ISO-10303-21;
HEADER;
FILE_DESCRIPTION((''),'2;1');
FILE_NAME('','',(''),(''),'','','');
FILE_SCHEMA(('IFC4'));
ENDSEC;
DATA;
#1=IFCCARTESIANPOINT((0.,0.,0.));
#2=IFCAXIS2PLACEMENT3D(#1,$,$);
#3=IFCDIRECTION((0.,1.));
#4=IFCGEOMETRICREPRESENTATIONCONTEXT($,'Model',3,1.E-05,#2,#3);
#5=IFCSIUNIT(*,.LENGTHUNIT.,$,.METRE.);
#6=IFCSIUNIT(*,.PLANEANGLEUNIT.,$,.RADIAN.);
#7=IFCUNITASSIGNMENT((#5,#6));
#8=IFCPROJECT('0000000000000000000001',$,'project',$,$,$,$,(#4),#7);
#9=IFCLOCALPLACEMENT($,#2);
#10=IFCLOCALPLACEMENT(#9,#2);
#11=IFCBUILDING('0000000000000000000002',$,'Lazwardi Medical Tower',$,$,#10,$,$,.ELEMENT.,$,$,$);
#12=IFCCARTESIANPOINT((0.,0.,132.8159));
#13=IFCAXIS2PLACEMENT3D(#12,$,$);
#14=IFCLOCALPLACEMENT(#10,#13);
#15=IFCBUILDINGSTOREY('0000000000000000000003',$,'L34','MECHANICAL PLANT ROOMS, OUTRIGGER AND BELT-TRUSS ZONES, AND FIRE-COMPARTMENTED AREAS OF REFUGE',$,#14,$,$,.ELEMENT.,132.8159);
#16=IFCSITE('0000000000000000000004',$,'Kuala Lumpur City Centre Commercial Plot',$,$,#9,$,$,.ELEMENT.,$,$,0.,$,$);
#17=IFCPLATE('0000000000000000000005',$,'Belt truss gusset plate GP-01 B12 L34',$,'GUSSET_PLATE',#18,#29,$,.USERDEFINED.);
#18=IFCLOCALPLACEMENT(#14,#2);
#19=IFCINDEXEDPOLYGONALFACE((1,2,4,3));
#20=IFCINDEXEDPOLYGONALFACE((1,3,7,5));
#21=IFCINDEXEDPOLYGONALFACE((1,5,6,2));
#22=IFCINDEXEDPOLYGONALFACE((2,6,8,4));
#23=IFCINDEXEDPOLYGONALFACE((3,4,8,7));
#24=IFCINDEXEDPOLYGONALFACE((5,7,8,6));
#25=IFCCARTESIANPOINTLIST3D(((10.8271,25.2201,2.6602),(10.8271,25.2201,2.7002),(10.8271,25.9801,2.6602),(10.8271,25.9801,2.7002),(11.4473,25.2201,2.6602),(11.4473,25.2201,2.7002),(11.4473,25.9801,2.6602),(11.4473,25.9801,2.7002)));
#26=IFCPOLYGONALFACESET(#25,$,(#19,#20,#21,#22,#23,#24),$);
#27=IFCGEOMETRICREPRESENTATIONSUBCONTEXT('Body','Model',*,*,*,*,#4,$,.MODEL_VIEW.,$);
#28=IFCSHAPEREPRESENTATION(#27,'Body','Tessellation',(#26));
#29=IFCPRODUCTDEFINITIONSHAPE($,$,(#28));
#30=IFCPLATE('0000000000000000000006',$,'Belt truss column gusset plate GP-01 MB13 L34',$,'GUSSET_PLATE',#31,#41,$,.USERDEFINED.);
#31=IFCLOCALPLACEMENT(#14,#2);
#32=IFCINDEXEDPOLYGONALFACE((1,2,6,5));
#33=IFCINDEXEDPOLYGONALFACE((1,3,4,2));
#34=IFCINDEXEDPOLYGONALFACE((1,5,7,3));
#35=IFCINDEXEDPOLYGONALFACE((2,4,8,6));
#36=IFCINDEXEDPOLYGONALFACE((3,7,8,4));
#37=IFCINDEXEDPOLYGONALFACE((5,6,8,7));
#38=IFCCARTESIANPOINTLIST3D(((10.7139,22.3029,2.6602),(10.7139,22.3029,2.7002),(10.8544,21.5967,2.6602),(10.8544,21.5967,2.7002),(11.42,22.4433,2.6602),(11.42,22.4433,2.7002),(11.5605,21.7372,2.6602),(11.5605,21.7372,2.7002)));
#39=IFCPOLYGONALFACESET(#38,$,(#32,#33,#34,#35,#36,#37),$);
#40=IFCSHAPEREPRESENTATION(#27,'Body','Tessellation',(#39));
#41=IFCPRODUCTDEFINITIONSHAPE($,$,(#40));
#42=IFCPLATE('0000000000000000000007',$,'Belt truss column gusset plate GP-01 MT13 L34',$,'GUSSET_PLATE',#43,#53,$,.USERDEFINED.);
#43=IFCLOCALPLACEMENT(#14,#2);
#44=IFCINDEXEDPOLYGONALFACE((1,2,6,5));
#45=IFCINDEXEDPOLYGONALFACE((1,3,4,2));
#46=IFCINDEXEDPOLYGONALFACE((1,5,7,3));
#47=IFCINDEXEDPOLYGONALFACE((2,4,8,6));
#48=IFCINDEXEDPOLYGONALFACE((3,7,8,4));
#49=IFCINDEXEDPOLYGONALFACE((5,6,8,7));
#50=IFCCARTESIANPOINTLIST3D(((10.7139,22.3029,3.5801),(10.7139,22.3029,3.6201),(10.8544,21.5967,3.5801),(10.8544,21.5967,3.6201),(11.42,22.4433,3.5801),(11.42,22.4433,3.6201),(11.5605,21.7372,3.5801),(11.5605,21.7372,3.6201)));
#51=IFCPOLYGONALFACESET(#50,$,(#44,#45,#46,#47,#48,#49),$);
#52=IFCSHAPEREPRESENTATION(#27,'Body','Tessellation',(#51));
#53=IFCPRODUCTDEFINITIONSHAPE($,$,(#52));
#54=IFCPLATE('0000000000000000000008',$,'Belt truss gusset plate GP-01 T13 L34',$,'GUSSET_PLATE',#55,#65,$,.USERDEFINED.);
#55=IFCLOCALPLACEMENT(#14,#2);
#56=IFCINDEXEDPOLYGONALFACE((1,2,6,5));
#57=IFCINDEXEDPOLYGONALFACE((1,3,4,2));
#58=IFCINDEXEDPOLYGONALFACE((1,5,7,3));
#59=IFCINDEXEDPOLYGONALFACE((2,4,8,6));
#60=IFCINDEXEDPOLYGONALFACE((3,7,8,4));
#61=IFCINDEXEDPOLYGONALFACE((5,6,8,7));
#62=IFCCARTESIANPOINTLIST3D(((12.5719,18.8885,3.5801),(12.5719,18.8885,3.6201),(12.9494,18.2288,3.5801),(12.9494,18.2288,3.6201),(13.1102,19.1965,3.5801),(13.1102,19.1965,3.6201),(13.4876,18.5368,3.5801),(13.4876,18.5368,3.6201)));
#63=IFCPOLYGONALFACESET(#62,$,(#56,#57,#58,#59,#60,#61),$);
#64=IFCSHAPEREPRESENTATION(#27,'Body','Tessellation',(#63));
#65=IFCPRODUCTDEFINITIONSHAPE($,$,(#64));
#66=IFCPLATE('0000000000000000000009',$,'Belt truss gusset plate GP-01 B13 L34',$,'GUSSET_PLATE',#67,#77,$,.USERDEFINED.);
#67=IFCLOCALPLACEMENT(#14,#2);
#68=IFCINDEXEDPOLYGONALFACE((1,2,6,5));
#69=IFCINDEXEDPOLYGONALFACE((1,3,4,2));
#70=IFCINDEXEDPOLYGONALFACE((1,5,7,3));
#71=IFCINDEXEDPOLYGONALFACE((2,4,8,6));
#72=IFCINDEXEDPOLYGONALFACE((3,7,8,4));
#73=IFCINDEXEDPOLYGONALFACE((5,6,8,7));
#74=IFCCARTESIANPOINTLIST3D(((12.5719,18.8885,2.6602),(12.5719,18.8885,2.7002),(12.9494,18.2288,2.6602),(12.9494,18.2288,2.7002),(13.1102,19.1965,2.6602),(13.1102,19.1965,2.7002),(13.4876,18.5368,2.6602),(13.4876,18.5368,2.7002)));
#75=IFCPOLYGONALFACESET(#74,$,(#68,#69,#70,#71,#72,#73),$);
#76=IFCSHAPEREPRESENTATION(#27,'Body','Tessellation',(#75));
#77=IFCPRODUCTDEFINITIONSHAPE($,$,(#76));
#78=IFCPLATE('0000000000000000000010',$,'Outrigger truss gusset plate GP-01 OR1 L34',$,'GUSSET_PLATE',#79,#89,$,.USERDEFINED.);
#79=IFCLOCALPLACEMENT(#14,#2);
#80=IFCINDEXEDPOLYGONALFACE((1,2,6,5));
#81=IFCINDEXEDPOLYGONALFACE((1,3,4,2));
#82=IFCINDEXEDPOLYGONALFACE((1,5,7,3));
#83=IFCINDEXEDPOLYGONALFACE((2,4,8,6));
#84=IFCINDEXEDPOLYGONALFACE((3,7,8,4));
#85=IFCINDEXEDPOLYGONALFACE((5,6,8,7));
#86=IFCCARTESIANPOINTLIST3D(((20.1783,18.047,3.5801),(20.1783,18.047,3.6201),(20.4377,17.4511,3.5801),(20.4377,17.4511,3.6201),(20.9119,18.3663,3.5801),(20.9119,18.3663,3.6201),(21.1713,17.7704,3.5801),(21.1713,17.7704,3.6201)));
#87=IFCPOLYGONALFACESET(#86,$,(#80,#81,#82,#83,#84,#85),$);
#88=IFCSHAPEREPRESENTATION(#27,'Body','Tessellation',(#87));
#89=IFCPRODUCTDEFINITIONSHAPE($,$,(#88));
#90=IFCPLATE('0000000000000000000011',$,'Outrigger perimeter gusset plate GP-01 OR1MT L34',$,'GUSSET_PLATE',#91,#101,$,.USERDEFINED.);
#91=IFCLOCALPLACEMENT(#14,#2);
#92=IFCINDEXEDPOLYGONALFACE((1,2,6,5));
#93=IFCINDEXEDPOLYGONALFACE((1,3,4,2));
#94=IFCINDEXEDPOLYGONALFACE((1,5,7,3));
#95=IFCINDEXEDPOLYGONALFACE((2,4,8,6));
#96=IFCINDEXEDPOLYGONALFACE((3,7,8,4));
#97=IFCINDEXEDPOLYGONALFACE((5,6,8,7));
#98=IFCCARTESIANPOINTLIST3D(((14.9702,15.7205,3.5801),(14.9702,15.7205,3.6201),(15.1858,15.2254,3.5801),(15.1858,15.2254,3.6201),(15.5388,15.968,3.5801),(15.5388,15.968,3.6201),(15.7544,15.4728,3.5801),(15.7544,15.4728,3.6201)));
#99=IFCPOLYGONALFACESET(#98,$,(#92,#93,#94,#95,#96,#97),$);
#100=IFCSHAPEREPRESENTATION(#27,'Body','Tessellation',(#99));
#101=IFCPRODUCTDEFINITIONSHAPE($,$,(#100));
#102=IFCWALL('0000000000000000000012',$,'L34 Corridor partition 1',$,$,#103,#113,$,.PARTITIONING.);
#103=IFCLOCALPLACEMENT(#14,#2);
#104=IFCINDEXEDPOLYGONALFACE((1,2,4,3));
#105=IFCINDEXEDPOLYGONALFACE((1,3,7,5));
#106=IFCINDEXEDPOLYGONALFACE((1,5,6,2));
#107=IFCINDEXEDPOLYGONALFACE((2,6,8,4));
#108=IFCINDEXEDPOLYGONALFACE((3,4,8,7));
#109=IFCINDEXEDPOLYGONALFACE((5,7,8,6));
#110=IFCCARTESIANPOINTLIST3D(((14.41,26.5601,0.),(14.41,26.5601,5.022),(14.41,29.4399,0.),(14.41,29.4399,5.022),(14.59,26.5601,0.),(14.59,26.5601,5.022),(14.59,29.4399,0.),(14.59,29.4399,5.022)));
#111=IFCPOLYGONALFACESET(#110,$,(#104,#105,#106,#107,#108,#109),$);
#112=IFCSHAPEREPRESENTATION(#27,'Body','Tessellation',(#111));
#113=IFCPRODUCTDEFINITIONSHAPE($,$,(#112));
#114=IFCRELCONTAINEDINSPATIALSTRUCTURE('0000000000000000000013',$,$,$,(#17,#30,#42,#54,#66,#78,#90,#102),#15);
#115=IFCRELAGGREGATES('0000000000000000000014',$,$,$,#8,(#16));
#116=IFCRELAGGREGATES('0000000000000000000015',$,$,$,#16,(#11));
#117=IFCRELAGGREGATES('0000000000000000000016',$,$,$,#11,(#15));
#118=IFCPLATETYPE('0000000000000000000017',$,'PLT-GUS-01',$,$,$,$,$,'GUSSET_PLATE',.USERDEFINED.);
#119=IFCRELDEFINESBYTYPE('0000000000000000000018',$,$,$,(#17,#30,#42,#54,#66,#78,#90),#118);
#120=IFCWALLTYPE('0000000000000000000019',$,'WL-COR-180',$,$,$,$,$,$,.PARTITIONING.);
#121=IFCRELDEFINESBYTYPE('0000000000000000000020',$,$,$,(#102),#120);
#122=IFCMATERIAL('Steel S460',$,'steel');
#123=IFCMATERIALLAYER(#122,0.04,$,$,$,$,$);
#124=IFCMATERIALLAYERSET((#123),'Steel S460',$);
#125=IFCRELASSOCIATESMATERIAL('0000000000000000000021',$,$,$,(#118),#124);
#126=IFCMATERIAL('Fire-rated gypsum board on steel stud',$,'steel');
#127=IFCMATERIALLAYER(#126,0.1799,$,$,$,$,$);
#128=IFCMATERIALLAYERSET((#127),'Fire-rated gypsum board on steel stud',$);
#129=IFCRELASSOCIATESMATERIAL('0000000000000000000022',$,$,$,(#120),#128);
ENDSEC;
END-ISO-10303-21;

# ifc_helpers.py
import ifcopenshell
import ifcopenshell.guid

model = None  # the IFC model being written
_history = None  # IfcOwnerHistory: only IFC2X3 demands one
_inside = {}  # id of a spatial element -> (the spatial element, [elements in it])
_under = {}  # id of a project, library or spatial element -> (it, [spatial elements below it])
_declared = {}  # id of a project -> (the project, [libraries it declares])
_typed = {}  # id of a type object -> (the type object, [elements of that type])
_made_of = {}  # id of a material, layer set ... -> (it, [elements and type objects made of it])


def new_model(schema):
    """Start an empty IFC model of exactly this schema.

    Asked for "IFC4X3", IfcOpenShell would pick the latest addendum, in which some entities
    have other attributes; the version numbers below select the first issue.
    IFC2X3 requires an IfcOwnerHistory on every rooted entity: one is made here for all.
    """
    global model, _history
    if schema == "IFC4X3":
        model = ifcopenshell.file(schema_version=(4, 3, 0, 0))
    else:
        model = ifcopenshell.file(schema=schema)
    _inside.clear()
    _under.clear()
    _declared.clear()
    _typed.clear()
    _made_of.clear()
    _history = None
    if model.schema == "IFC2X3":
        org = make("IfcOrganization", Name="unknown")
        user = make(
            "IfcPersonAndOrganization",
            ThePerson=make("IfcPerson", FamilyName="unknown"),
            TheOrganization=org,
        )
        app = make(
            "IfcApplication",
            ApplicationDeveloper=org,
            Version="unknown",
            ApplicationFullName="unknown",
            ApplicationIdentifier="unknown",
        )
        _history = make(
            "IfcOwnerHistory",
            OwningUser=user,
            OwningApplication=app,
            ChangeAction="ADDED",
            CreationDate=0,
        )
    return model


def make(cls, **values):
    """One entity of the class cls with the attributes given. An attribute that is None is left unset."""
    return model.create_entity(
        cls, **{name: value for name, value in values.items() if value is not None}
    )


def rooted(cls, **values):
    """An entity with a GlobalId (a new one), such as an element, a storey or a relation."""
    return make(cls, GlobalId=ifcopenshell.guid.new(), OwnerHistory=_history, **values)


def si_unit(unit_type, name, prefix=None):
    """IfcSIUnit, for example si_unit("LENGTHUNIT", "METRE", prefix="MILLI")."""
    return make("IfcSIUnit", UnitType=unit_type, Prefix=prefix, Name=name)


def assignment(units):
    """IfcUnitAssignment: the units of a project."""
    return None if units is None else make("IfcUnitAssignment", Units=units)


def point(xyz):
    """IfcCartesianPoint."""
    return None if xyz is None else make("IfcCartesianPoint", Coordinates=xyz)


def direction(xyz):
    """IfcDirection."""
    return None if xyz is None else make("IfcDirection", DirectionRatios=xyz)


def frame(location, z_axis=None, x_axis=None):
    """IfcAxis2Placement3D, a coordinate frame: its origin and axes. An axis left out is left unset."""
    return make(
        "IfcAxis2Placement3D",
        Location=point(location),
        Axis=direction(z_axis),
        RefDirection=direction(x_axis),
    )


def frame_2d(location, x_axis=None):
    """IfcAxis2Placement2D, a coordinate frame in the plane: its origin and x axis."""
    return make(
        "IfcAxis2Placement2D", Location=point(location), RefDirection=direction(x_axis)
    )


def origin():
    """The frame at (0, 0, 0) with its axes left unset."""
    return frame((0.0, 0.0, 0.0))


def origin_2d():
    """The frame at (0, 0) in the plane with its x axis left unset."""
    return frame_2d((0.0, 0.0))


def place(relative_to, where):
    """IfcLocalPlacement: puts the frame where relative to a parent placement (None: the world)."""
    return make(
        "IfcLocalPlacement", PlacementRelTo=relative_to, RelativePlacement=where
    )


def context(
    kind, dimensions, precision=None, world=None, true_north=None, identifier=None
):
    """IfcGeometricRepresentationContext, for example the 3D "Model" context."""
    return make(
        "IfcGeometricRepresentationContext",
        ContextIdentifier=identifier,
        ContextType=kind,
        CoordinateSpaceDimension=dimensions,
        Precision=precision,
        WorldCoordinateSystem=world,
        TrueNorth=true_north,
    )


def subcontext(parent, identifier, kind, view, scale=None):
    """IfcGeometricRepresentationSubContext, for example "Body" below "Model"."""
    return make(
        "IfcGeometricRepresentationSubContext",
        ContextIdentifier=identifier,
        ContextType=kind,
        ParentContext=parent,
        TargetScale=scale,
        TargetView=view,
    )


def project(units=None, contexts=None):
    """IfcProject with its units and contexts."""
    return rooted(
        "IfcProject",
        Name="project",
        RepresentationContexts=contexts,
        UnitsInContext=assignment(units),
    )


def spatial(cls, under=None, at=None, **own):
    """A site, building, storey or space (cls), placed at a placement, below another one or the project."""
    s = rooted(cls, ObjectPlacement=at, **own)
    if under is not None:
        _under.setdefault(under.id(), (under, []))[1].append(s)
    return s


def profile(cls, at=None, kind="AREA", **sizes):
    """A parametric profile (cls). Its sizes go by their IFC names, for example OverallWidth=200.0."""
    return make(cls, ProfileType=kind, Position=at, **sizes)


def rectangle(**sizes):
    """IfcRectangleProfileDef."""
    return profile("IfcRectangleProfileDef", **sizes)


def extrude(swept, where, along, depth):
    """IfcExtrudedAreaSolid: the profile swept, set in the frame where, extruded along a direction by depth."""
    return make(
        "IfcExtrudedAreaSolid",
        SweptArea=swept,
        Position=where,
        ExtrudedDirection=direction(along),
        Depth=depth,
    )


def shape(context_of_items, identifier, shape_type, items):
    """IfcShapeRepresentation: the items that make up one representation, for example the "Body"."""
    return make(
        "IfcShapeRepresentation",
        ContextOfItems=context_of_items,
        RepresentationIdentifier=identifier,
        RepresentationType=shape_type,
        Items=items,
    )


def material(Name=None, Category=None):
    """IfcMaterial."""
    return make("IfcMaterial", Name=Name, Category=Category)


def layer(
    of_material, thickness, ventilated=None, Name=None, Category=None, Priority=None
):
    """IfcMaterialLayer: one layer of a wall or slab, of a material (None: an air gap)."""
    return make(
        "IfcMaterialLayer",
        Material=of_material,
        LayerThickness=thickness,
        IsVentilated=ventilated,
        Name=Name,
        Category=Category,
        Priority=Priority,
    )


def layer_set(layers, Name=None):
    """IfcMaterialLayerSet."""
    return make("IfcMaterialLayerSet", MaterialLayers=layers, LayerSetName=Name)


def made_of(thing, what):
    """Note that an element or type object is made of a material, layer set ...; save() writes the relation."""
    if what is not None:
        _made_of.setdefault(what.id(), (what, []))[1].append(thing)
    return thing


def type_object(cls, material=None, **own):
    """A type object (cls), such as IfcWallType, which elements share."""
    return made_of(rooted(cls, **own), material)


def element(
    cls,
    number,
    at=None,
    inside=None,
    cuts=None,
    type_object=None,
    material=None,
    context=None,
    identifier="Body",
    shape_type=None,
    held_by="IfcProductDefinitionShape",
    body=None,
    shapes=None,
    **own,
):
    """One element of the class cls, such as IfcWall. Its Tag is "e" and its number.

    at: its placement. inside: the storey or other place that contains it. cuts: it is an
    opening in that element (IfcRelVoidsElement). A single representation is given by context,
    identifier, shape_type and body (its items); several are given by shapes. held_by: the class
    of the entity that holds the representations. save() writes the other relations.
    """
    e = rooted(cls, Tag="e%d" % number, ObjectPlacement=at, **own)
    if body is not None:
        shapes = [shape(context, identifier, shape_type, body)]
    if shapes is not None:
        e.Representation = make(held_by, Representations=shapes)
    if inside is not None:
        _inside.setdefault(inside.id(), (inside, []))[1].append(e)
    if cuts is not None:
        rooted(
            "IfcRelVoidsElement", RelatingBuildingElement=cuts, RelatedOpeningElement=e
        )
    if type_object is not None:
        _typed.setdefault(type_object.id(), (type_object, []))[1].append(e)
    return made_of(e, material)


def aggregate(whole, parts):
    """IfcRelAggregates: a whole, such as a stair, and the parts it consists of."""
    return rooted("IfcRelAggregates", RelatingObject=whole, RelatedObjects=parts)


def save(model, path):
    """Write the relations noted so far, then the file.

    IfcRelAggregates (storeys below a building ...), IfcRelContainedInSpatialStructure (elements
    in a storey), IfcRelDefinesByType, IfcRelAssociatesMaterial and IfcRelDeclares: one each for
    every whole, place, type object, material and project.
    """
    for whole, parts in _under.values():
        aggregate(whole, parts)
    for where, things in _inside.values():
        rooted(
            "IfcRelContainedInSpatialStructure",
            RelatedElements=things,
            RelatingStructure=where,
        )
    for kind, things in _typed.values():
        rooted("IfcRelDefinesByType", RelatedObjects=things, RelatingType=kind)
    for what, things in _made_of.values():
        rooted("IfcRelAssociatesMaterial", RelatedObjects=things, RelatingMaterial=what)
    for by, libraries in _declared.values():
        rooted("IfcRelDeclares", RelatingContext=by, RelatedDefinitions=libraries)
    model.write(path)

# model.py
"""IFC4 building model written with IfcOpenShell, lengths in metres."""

from ifc_helpers import new_model, si_unit, direction, frame, frame_2d, origin, origin_2d, place, context, subcontext, project, spatial, rectangle, extrude, material, layer, layer_set, type_object, element, save


model = new_model("IFC4")

# Units and contexts
model_context = context("Model", 3, precision=1e-05, world=origin(), true_north=direction((0.0, 1.0)))
body_context = subcontext(model_context, "Body", "Model", "MODEL_VIEW")
ifc_project = project(units=[si_unit("LENGTHUNIT", "METRE"), si_unit("PLANEANGLEUNIT", "RADIAN")], contexts=[model_context])

# Site, building, storey
site_placement = place(None, origin())
site = spatial("IfcSite", under=ifc_project, at=site_placement, Name="Kuala Lumpur City Centre Commercial Plot", CompositionType="ELEMENT", RefElevation=0.0)
building_placement = place(site_placement, origin())
building = spatial("IfcBuilding", under=site, at=building_placement, Name="Lazwardi Medical Tower", CompositionType="ELEMENT")
storey_placement = place(building_placement, frame((0.0, 0.0, 132.8159)))
storey = spatial("IfcBuildingStorey", under=building, at=storey_placement, Name="L34", Description="MECHANICAL PLANT ROOMS, OUTRIGGER AND BELT-TRUSS ZONES, AND FIRE-COMPARTMENTED AREAS OF REFUGE", CompositionType="ELEMENT", Elevation=132.8159)

# Shared definitions
ifc_material_1 = material(Name="Steel S460", Category="steel")

# Plates
ifc_layer_1 = layer(ifc_material_1, 0.04)
ifc_layer_set_1 = layer_set([ifc_layer_1], Name="Steel S460")
plate_type = type_object("IfcPlateType", Name="PLT-GUS-01", ElementType="GUSSET_PLATE", PredefinedType="USERDEFINED", material=ifc_layer_set_1)
for number, where, z_axis, x_axis, name in (
    (1, (11.1372, 25.6001, 2.6602), (0.0, 0.0, 1.0), (0.0, -1.0, 0.0), "Belt truss gusset plate GP-01 B12 L34"),
):
    element("IfcPlate", number, at=place(storey_placement, frame(where, z_axis=z_axis, x_axis=x_axis)), inside=storey, type_object=plate_type, Name=name, ObjectType="GUSSET_PLATE", PredefinedType="USERDEFINED", context=body_context, shape_type="SweptSolid", body=[
        extrude(rectangle(XDim=0.76, YDim=0.6201, at=origin_2d()), origin(), (0.0, 0.0, 1.0), 0.04),
    ])
for number, where, z_axis, x_axis, name in (
    (2, (11.1372, 22.02, 2.6602), (0.0, 0.0, 1.0), (-0.980785, -0.19509, 0.0), "Belt truss column gusset plate GP-01 MB13 L34"),
    (3, (11.1372, 22.02, 3.5801), (0.0, 0.0, 1.0), (-0.980785, -0.19509, 0.0), "Belt truss column gusset plate GP-01 MT13 L34"),
):
    element("IfcPlate", number, at=place(storey_placement, frame(where, z_axis=z_axis, x_axis=x_axis)), inside=storey, type_object=plate_type, Name=name, ObjectType="GUSSET_PLATE", PredefinedType="USERDEFINED", context=body_context, shape_type="SweptSolid", body=[
        extrude(rectangle(XDim=0.72, YDim=0.72, at=origin_2d()), origin(), (0.0, 0.0, 1.0), 0.04),
    ])
for number, where, z_axis, x_axis, name in (
    (4, (13.0298, 18.7126, 3.5801), (0.0, 0.0, 1.0), (0.496671, -0.867939, 0.0), "Belt truss gusset plate GP-01 T13 L34"),
    (5, (13.0298, 18.7126, 2.6602), (0.0, 0.0, 1.0), (0.496671, -0.867939, 0.0), "Belt truss gusset plate GP-01 B13 L34"),
):
    element("IfcPlate", number, at=place(storey_placement, frame(where, z_axis=z_axis, x_axis=x_axis)), inside=storey, type_object=plate_type, Name=name, ObjectType="GUSSET_PLATE", PredefinedType="USERDEFINED", context=body_context, shape_type="SweptSolid", body=[
        extrude(rectangle(XDim=0.76, YDim=0.6201, at=origin_2d()), origin(), (0.0, 0.0, 1.0), 0.04),
    ])
plate_1_placement = place(storey_placement, frame((20.6748, 17.9087, 3.5801), z_axis=(0.0, 0.0, 1.0), x_axis=(-0.916921, -0.399069, 0.0)))
element("IfcPlate", 6, at=plate_1_placement, inside=storey, type_object=plate_type, Name="Outrigger truss gusset plate GP-01 OR1 L34", ObjectType="GUSSET_PLATE", PredefinedType="USERDEFINED", context=body_context, shape_type="SweptSolid", body=[
    extrude(rectangle(XDim=0.8, YDim=0.6499, at=origin_2d()), origin(), (0.0, 0.0, 1.0), 0.04),
])
plate_2_placement = place(storey_placement, frame((15.3623, 15.5967, 3.5801), z_axis=(0.0, 0.0, 1.0), x_axis=(-0.916921, -0.399069, 0.0)))
element("IfcPlate", 7, at=plate_2_placement, inside=storey, type_object=plate_type, Name="Outrigger perimeter gusset plate GP-01 OR1MT L34", ObjectType="GUSSET_PLATE", PredefinedType="USERDEFINED", context=body_context, shape_type="SweptSolid", body=[
    extrude(rectangle(XDim=0.6201, YDim=0.54, at=origin_2d()), origin(), (0.0, 0.0, 1.0), 0.04),
])

# Wall
ifc_material_2 = material(Name="Fire-rated gypsum board on steel stud", Category="steel")
ifc_layer_2 = layer(ifc_material_2, 0.1799)
ifc_layer_set_2 = layer_set([ifc_layer_2], Name="Fire-rated gypsum board on steel stud")
wall_type = type_object("IfcWallType", Name="WL-COR-180", PredefinedType="PARTITIONING", material=ifc_layer_set_2)
wall_placement = place(storey_placement, frame((14.5, 26.5601, 0.0), z_axis=(0.0, 0.0, 1.0), x_axis=(0.0, 1.0, 0.0)))
element("IfcWall", 8, at=wall_placement, inside=storey, type_object=wall_type, Name="L34 Corridor partition 1", PredefinedType="PARTITIONING", context=body_context, shape_type="SweptSolid", body=[
    extrude(rectangle(XDim=2.8799, YDim=0.1799, at=frame_2d((1.4399, 0.0))), origin(), (0.0, 0.0, 1.0), 5.022),
])

save(model, "model.ifc")
